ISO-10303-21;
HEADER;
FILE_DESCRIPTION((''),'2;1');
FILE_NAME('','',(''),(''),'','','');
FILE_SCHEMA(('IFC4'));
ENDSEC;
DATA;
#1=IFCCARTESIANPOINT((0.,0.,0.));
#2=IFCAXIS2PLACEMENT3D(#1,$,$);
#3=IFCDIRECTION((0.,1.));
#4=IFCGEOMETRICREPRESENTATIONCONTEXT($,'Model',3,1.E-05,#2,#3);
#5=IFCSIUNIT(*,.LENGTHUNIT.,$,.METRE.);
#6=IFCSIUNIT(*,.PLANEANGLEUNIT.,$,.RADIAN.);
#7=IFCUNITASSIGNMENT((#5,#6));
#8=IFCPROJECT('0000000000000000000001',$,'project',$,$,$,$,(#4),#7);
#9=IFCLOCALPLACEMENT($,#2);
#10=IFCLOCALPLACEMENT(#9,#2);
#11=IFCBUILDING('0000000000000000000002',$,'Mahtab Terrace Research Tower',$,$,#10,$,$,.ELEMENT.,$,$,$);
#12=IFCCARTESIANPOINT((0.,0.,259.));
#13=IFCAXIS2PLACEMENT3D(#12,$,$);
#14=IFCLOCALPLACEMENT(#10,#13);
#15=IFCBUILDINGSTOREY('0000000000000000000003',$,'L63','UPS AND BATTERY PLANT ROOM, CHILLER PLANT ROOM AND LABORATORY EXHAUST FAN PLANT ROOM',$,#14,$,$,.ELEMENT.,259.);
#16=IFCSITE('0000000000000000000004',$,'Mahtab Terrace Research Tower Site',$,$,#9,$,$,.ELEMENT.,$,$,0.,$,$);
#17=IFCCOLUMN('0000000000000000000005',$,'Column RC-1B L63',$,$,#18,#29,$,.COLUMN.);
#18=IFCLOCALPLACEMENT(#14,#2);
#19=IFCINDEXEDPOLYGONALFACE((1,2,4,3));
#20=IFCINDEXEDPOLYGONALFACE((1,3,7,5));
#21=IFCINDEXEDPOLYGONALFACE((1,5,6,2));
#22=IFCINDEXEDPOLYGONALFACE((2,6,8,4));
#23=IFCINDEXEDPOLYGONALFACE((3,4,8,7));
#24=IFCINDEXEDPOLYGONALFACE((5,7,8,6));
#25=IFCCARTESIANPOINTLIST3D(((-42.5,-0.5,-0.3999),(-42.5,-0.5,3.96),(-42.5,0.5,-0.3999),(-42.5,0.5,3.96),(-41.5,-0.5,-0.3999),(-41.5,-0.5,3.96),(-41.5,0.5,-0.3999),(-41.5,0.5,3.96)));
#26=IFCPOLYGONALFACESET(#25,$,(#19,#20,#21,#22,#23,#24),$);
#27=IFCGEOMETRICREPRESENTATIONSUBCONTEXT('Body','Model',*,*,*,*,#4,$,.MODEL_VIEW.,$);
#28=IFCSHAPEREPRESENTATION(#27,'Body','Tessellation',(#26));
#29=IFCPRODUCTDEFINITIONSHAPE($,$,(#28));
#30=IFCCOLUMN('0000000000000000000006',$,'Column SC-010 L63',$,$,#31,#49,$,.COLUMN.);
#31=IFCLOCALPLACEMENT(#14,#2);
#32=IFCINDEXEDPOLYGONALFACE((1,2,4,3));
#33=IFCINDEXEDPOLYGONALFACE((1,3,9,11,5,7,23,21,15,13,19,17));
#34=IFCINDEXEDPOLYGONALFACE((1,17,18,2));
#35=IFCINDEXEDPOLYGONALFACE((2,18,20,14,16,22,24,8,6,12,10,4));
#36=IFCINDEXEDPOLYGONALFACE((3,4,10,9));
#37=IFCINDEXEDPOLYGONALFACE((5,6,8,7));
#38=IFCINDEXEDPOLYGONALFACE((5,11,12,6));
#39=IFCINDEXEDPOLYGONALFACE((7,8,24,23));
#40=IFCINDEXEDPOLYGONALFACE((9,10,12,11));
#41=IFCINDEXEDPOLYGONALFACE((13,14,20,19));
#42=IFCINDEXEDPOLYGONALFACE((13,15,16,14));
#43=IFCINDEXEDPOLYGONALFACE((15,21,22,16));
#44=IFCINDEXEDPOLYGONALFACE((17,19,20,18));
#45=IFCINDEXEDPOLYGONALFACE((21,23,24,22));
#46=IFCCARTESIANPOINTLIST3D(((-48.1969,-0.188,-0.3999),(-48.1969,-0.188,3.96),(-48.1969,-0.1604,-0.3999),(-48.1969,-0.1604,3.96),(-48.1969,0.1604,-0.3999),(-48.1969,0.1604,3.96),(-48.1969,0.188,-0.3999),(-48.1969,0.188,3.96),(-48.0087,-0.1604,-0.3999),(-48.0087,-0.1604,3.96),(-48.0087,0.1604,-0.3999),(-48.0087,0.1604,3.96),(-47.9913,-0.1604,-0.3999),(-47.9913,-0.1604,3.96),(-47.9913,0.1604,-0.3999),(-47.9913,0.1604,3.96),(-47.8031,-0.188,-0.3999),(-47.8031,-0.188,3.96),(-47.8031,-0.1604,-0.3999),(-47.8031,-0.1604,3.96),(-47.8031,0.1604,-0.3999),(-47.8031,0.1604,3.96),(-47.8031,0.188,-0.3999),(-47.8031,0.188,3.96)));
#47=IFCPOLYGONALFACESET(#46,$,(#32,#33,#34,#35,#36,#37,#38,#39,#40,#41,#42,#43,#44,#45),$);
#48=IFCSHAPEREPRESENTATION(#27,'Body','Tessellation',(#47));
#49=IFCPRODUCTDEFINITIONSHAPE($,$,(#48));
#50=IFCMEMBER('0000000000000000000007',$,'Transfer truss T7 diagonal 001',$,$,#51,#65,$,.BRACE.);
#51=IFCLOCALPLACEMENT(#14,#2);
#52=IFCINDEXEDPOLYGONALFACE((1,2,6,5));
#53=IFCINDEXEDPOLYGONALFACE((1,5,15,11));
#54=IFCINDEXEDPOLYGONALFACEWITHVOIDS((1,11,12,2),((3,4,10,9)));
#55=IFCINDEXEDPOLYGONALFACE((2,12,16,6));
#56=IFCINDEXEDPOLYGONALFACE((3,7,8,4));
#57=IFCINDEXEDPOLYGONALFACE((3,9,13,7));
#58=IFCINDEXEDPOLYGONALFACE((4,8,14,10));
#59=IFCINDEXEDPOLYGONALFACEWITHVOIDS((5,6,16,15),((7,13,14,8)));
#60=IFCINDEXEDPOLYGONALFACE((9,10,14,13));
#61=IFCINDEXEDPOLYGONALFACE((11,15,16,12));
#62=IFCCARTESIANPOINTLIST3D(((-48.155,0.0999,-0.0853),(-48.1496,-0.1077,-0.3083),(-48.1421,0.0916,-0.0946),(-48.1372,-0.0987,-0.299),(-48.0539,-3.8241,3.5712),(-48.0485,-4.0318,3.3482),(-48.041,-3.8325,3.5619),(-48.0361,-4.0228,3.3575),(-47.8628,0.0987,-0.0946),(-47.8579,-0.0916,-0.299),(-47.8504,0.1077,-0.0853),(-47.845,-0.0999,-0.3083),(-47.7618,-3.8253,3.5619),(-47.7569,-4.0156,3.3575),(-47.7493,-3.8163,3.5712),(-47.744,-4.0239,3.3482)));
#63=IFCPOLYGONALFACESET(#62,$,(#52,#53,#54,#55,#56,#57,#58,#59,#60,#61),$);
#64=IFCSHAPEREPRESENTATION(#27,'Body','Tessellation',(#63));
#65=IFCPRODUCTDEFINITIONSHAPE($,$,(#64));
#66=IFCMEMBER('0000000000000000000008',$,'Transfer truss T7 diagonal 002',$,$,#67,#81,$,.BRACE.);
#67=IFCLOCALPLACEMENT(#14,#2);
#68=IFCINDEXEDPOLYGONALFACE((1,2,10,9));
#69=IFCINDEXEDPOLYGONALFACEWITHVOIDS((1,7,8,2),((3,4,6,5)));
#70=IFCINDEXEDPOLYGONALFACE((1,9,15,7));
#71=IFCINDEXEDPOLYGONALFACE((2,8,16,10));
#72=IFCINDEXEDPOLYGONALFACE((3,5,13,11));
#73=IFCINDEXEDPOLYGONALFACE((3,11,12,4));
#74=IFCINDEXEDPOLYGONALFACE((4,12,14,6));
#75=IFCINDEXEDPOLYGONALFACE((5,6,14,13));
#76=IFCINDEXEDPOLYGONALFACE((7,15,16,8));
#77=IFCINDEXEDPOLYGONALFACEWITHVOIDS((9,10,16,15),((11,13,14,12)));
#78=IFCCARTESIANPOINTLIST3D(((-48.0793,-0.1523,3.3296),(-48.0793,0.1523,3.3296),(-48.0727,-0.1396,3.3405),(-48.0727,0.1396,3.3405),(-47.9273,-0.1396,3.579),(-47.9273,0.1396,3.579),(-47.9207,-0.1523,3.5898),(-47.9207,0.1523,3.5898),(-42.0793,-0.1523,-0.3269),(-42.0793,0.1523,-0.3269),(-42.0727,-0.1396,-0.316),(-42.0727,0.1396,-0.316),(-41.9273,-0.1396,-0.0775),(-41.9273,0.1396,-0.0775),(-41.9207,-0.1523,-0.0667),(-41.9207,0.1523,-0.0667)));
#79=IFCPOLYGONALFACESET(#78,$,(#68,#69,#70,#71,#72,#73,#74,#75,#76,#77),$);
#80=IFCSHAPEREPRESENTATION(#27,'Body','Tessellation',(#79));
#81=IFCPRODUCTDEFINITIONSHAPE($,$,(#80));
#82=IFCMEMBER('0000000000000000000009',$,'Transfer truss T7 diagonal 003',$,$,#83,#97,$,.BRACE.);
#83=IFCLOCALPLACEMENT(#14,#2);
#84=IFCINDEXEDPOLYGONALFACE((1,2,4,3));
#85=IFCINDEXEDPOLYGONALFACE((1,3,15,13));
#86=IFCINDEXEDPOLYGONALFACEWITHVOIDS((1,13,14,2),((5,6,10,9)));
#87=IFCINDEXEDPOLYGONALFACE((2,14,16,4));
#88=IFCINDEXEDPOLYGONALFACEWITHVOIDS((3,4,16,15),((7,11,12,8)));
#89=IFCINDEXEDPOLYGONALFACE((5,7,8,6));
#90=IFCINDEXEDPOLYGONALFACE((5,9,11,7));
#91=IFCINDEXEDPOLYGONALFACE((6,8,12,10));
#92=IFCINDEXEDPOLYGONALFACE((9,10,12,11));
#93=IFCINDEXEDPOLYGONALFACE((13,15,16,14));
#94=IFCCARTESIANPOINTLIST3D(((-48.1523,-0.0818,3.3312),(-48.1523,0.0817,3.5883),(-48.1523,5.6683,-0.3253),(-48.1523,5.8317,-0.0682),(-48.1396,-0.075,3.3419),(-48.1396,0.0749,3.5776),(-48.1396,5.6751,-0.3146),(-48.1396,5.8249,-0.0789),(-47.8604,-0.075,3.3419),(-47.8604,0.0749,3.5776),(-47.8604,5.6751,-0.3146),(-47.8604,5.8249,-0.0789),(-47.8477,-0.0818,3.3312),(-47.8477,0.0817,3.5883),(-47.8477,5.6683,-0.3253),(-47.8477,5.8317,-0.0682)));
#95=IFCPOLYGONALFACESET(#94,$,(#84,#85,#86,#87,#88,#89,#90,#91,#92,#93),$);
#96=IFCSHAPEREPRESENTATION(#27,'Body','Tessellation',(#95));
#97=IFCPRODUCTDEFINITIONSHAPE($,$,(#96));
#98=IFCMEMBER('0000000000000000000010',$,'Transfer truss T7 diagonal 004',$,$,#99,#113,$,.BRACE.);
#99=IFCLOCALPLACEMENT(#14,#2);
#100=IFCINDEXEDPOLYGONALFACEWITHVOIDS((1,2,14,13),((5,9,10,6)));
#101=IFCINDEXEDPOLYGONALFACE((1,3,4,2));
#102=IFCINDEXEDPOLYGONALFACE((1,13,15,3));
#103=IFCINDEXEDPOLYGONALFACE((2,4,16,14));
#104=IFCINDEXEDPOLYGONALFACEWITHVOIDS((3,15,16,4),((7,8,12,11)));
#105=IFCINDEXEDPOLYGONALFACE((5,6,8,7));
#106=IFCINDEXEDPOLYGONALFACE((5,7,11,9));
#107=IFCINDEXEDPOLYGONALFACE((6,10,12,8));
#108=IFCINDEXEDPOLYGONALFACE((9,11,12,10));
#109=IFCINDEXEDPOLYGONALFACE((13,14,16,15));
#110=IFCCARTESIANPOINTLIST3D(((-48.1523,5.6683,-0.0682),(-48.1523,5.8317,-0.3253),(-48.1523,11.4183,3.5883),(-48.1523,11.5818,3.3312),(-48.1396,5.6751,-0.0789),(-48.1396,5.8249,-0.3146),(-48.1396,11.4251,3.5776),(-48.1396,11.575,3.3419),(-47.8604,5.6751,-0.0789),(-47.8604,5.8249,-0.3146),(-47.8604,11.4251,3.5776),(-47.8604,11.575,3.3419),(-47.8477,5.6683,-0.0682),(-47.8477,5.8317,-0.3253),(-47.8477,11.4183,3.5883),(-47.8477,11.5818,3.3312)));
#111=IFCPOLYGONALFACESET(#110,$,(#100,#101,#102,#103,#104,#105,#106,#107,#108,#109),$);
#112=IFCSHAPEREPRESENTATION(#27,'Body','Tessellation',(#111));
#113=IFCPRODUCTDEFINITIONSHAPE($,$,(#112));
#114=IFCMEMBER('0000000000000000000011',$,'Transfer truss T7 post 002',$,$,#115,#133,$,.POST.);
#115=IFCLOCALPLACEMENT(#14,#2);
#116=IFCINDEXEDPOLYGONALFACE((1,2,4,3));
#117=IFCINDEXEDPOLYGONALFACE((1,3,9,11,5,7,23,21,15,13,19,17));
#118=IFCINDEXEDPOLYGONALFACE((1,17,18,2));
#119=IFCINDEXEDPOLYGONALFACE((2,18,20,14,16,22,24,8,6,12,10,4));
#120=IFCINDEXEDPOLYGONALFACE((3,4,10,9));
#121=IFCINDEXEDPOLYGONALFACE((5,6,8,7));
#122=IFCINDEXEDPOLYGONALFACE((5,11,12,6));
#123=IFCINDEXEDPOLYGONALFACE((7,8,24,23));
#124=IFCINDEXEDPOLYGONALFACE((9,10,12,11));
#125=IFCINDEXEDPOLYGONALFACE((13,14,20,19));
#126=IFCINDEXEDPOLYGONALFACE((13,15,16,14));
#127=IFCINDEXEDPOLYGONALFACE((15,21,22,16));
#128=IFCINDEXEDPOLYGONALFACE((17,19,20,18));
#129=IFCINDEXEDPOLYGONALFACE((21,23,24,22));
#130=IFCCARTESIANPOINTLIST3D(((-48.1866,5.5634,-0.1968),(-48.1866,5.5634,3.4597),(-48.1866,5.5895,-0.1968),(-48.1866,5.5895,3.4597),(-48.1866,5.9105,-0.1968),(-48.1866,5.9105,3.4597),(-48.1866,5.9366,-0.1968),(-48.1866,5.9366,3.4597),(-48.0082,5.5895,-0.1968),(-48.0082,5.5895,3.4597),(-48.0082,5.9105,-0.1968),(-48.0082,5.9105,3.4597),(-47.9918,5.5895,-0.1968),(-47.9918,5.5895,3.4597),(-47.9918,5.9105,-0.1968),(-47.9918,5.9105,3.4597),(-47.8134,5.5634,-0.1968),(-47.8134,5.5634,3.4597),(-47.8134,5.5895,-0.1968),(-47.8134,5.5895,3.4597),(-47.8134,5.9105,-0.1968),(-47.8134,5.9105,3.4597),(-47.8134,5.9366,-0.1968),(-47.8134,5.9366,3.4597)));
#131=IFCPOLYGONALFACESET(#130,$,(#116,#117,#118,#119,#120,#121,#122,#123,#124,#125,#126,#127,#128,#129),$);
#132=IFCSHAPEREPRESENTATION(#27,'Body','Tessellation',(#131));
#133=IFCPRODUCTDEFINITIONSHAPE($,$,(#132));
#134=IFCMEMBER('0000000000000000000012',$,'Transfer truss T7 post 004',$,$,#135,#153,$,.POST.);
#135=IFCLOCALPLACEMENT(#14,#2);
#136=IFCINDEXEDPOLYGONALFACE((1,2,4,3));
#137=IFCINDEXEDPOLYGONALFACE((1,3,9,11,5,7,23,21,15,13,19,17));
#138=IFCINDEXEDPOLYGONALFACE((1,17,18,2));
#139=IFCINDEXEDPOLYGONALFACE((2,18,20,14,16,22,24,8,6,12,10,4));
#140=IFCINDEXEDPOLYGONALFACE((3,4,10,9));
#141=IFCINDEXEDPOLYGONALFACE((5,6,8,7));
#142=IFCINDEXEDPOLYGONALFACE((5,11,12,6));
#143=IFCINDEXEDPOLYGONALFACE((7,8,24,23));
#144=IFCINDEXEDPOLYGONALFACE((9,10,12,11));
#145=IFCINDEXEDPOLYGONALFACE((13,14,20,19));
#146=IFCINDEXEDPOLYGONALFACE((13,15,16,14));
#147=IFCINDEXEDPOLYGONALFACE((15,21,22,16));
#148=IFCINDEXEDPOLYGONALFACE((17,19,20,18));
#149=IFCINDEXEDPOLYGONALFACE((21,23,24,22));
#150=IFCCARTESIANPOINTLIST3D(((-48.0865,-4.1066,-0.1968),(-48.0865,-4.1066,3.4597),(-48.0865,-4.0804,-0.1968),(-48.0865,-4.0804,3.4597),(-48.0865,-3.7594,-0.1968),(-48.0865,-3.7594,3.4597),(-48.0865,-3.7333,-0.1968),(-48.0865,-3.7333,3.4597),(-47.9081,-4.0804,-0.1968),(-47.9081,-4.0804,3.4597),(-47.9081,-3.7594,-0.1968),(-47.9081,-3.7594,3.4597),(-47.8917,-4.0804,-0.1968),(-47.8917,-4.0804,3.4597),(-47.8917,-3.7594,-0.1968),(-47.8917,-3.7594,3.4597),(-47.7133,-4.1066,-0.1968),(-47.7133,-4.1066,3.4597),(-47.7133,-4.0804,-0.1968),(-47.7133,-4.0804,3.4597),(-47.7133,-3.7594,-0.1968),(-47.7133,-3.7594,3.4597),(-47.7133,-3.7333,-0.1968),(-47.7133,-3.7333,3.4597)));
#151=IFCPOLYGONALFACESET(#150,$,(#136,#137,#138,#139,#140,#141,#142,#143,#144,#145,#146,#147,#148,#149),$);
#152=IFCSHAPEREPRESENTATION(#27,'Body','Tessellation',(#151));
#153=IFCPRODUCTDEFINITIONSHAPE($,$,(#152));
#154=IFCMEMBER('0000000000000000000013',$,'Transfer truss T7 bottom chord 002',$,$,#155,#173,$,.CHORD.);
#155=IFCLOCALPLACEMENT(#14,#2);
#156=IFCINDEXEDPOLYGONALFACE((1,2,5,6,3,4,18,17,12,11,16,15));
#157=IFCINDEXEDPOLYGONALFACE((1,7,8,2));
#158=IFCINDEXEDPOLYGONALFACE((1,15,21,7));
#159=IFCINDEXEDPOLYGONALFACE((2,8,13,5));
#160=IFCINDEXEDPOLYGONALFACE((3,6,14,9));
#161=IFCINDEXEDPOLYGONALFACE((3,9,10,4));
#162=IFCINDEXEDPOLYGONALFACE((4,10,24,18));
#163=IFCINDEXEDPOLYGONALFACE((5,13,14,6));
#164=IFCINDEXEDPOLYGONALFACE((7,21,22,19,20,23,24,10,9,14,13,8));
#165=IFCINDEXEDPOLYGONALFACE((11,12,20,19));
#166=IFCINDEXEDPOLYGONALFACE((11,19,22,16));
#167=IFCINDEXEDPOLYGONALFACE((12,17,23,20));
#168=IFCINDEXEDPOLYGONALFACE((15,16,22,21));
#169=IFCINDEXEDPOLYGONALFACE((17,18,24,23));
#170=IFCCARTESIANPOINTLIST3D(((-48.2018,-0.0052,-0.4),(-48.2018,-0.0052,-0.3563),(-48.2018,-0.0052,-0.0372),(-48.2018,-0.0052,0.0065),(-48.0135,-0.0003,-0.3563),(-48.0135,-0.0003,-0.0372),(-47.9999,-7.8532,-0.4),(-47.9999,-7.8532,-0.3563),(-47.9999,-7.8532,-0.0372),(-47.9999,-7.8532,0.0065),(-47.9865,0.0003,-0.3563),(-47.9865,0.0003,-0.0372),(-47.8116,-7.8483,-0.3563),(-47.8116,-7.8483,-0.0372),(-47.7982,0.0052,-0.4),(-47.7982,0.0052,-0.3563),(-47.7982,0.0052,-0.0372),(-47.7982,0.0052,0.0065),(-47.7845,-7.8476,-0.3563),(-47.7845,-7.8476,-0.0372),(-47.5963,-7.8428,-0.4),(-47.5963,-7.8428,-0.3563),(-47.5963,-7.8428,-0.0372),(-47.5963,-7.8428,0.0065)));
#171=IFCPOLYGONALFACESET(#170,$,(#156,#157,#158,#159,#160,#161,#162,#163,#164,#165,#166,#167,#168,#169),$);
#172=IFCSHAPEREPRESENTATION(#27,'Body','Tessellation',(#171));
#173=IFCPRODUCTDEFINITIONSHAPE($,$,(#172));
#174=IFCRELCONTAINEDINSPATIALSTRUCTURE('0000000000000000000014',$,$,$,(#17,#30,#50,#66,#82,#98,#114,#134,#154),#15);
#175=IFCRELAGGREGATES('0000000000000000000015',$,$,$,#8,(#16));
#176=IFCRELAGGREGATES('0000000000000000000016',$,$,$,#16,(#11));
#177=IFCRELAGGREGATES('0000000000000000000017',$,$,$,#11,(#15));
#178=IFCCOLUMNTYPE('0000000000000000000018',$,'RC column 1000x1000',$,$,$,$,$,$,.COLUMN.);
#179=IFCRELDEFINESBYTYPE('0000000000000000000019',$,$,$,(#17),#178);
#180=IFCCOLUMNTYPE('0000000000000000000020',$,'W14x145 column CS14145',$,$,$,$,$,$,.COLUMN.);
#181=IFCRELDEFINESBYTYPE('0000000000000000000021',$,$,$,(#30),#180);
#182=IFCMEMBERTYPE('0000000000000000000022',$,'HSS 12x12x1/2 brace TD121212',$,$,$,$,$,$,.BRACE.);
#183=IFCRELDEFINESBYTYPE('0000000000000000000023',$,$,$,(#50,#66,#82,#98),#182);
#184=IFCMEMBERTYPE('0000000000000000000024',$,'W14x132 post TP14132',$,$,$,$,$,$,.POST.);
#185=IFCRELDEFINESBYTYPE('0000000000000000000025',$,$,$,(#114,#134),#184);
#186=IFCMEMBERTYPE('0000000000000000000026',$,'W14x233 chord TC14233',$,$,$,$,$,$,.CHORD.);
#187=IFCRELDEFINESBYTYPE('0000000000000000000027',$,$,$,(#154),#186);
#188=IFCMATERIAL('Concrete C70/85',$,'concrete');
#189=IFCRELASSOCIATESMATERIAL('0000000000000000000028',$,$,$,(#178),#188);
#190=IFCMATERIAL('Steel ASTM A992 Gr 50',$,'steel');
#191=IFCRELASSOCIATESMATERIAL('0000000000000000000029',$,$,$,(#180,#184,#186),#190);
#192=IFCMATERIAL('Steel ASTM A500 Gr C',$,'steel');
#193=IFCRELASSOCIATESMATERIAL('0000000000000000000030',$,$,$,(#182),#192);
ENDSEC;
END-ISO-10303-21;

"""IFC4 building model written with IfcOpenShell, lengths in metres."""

from ifc_helpers import new_model, si_unit, direction, frame, origin, origin_2d, place, context, subcontext, project, spatial, rectangle, hollow_rectangle, i_section, extrude, material, material_profile, profile_set, type_object, element, save


model = new_model("IFC4")

# Units and contexts
model_context = context("Model", 3, precision=1e-05, world=origin(), true_north=direction((0.0, 1.0)))
body_context = subcontext(model_context, "Body", "Model", "MODEL_VIEW")
ifc_project = project(units=[si_unit("LENGTHUNIT", "METRE"), si_unit("PLANEANGLEUNIT", "RADIAN")], contexts=[model_context])

# Site, building, storey
site_placement = place(None, origin())
site = spatial("IfcSite", under=ifc_project, at=site_placement, Name="Mahtab Terrace Research Tower Site", CompositionType="ELEMENT", RefElevation=0.0)
building_placement = place(site_placement, origin())
building = spatial("IfcBuilding", under=site, at=building_placement, Name="Mahtab Terrace Research Tower", CompositionType="ELEMENT")
storey_placement = place(building_placement, frame((0.0, 0.0, 259.0)))
storey = spatial("IfcBuildingStorey", under=building, at=storey_placement, Name="L63", Description="UPS AND BATTERY PLANT ROOM, CHILLER PLANT ROOM AND LABORATORY EXHAUST FAN PLANT ROOM", CompositionType="ELEMENT", Elevation=259.0)

# Columns
ifc_material_1 = material(Name="Concrete C70/85", Category="concrete")
ifc_material_profile_1 = material_profile(ifc_material_1, rectangle(XDim=1.0, YDim=1.0, at=origin_2d()), Name="RC column 1000x1000")
ifc_profile_set_1 = profile_set([ifc_material_profile_1], Name="Concrete C70/85")
column_type_1 = type_object("IfcColumnType", Name="RC column 1000x1000", PredefinedType="COLUMN", material=ifc_profile_set_1)
column_1_placement = place(storey_placement, frame((-42.0, 0.0, -0.3999), z_axis=(0.0, 0.0, 1.0), x_axis=(1.0, 0.0, 0.0)))
element("IfcColumn", 1, at=column_1_placement, inside=storey, type_object=column_type_1, Name="Column RC-1B L63", PredefinedType="COLUMN", context=body_context, shape_type="SweptSolid", body=[
    extrude(rectangle(XDim=1.0, YDim=1.0, at=origin_2d()), origin(), (0.0, 0.0, 1.0), 4.3599),
])
ifc_material_2 = material(Name="Steel ASTM A992 Gr 50", Category="steel")
ifc_material_profile_2 = material_profile(ifc_material_2, i_section(OverallWidth=0.3938, OverallDepth=0.376, WebThickness=0.0173, FlangeThickness=0.0276, at=origin_2d()), Name="W14X145")
ifc_profile_set_2 = profile_set([ifc_material_profile_2], Name="Steel ASTM A992 Gr 50")
column_type_2 = type_object("IfcColumnType", Name="W14x145 column CS14145", PredefinedType="COLUMN", material=ifc_profile_set_2)
column_2_placement = place(storey_placement, frame((-48.0, 0.0, -0.3999), z_axis=(0.0, 0.0, 1.0), x_axis=(1.0, 0.0, 0.0)))
element("IfcColumn", 2, at=column_2_placement, inside=storey, type_object=column_type_2, Name="Column SC-010 L63", PredefinedType="COLUMN", context=body_context, shape_type="SweptSolid", body=[
    extrude(i_section(OverallWidth=0.3938, OverallDepth=0.376, WebThickness=0.0173, FlangeThickness=0.0276, at=origin_2d()), origin(), (0.0, 0.0, 1.0), 4.3599),
])

# Members
ifc_material_3 = material(Name="Steel ASTM A500 Gr C", Category="steel")
ifc_material_profile_3 = material_profile(ifc_material_3, hollow_rectangle(XDim=0.3047, YDim=0.3047, WallThickness=0.0127, at=origin_2d()), Name="HSS12X12X1/2")
ifc_profile_set_3 = profile_set([ifc_material_profile_3], Name="Steel ASTM A500 Gr C")
member_type_1 = type_object("IfcMemberType", Name="HSS 12x12x1/2 brace TD121212", PredefinedType="BRACE", material=ifc_profile_set_3)
member_1_placement = place(storey_placement, frame((-48.0, 0.0, -0.1968), z_axis=(0.018841, -0.731481, 0.681602), x_axis=(0.999668, 0.025749, 0.0)))
element("IfcMember", 3, at=member_1_placement, inside=storey, type_object=member_type_1, Name="Transfer truss T7 diagonal 001", PredefinedType="BRACE", context=body_context, shape_type="SweptSolid", body=[
    extrude(hollow_rectangle(XDim=0.3047, YDim=0.3047, WallThickness=0.0127, at=origin_2d()), origin(), (0.0, 0.0, 1.0), 5.3645),
])
member_2_placement = place(storey_placement, frame((-42.0, 0.0, -0.1968), z_axis=(-0.853925, 0.0, 0.520396), x_axis=(0.0, -1.0, 0.0)))
element("IfcMember", 4, at=member_2_placement, inside=storey, type_object=member_type_1, Name="Transfer truss T7 diagonal 002", PredefinedType="BRACE", context=body_context, shape_type="SweptSolid", body=[
    extrude(hollow_rectangle(XDim=0.3047, YDim=0.3047, WallThickness=0.0127, at=origin_2d()), origin(), (0.0, 0.0, 1.0), 7.0264),
])
for number, where, z_axis, x_axis, name in (
    (5, (-48.0, 5.75, -0.1968), (0.0, -0.843834, 0.536604), (1.0, 0.0, 0.0), "Transfer truss T7 diagonal 003"),
    (6, (-48.0, 5.75, -0.1968), (0.0, 0.843834, 0.536604), (-1.0, 0.0, 0.0), "Transfer truss T7 diagonal 004"),
):
    element("IfcMember", number, at=place(storey_placement, frame(where, z_axis=z_axis, x_axis=x_axis)), inside=storey, type_object=member_type_1, Name=name, PredefinedType="BRACE", context=body_context, shape_type="SweptSolid", body=[
        extrude(hollow_rectangle(XDim=0.3047, YDim=0.3047, WallThickness=0.0127, at=origin_2d()), origin(), (0.0, 0.0, 1.0), 6.8142),
    ])
ifc_material_profile_4 = material_profile(ifc_material_2, i_section(OverallWidth=0.3733, OverallDepth=0.3733, WebThickness=0.0164, FlangeThickness=0.0261, at=origin_2d()), Name="W14X132")
ifc_profile_set_4 = profile_set([ifc_material_profile_4], Name="Steel ASTM A992 Gr 50")
member_type_2 = type_object("IfcMemberType", Name="W14x132 post TP14132", PredefinedType="POST", material=ifc_profile_set_4)
for number, where, z_axis, x_axis, name in (
    (7, (-48.0, 5.75, -0.1968), (0.0, 0.0, 1.0), (1.0, 0.0, 0.0), "Transfer truss T7 post 002"),
    (8, (-47.8999, -3.9199, -0.1968), (0.0, 0.0, 1.0), (1.0, 0.0, 0.0), "Transfer truss T7 post 004"),
):
    element("IfcMember", number, at=place(storey_placement, frame(where, z_axis=z_axis, x_axis=x_axis)), inside=storey, type_object=member_type_2, Name=name, PredefinedType="POST", context=body_context, shape_type="SweptSolid", body=[
        extrude(i_section(OverallWidth=0.3733, OverallDepth=0.3733, WebThickness=0.0164, FlangeThickness=0.0261, at=origin_2d()), origin(), (0.0, 0.0, 1.0), 3.6565),
    ])
ifc_material_profile_5 = material_profile(ifc_material_2, i_section(OverallWidth=0.4038, OverallDepth=0.4065, WebThickness=0.0271, FlangeThickness=0.0437, at=origin_2d()), Name="W14X233")
ifc_profile_set_5 = profile_set([ifc_material_profile_5], Name="Steel ASTM A992 Gr 50")
member_type_3 = type_object("IfcMemberType", Name="W14x233 chord TC14233", PredefinedType="CHORD", material=ifc_profile_set_5)
member_3_placement = place(storey_placement, frame((-48.0, 0.0, -0.1968), z_axis=(0.025719, -0.999669, 0.0), x_axis=(0.999669, 0.025719, 0.0)))
element("IfcMember", 9, at=member_3_placement, inside=storey, type_object=member_type_3, Name="Transfer truss T7 bottom chord 002", PredefinedType="CHORD", context=body_context, shape_type="SweptSolid", body=[
    extrude(i_section(OverallWidth=0.4038, OverallDepth=0.4065, WebThickness=0.0271, FlangeThickness=0.0437, at=origin_2d()), origin(), (0.0, 0.0, 1.0), 7.8506),
])

save(model, "model.ifc")
